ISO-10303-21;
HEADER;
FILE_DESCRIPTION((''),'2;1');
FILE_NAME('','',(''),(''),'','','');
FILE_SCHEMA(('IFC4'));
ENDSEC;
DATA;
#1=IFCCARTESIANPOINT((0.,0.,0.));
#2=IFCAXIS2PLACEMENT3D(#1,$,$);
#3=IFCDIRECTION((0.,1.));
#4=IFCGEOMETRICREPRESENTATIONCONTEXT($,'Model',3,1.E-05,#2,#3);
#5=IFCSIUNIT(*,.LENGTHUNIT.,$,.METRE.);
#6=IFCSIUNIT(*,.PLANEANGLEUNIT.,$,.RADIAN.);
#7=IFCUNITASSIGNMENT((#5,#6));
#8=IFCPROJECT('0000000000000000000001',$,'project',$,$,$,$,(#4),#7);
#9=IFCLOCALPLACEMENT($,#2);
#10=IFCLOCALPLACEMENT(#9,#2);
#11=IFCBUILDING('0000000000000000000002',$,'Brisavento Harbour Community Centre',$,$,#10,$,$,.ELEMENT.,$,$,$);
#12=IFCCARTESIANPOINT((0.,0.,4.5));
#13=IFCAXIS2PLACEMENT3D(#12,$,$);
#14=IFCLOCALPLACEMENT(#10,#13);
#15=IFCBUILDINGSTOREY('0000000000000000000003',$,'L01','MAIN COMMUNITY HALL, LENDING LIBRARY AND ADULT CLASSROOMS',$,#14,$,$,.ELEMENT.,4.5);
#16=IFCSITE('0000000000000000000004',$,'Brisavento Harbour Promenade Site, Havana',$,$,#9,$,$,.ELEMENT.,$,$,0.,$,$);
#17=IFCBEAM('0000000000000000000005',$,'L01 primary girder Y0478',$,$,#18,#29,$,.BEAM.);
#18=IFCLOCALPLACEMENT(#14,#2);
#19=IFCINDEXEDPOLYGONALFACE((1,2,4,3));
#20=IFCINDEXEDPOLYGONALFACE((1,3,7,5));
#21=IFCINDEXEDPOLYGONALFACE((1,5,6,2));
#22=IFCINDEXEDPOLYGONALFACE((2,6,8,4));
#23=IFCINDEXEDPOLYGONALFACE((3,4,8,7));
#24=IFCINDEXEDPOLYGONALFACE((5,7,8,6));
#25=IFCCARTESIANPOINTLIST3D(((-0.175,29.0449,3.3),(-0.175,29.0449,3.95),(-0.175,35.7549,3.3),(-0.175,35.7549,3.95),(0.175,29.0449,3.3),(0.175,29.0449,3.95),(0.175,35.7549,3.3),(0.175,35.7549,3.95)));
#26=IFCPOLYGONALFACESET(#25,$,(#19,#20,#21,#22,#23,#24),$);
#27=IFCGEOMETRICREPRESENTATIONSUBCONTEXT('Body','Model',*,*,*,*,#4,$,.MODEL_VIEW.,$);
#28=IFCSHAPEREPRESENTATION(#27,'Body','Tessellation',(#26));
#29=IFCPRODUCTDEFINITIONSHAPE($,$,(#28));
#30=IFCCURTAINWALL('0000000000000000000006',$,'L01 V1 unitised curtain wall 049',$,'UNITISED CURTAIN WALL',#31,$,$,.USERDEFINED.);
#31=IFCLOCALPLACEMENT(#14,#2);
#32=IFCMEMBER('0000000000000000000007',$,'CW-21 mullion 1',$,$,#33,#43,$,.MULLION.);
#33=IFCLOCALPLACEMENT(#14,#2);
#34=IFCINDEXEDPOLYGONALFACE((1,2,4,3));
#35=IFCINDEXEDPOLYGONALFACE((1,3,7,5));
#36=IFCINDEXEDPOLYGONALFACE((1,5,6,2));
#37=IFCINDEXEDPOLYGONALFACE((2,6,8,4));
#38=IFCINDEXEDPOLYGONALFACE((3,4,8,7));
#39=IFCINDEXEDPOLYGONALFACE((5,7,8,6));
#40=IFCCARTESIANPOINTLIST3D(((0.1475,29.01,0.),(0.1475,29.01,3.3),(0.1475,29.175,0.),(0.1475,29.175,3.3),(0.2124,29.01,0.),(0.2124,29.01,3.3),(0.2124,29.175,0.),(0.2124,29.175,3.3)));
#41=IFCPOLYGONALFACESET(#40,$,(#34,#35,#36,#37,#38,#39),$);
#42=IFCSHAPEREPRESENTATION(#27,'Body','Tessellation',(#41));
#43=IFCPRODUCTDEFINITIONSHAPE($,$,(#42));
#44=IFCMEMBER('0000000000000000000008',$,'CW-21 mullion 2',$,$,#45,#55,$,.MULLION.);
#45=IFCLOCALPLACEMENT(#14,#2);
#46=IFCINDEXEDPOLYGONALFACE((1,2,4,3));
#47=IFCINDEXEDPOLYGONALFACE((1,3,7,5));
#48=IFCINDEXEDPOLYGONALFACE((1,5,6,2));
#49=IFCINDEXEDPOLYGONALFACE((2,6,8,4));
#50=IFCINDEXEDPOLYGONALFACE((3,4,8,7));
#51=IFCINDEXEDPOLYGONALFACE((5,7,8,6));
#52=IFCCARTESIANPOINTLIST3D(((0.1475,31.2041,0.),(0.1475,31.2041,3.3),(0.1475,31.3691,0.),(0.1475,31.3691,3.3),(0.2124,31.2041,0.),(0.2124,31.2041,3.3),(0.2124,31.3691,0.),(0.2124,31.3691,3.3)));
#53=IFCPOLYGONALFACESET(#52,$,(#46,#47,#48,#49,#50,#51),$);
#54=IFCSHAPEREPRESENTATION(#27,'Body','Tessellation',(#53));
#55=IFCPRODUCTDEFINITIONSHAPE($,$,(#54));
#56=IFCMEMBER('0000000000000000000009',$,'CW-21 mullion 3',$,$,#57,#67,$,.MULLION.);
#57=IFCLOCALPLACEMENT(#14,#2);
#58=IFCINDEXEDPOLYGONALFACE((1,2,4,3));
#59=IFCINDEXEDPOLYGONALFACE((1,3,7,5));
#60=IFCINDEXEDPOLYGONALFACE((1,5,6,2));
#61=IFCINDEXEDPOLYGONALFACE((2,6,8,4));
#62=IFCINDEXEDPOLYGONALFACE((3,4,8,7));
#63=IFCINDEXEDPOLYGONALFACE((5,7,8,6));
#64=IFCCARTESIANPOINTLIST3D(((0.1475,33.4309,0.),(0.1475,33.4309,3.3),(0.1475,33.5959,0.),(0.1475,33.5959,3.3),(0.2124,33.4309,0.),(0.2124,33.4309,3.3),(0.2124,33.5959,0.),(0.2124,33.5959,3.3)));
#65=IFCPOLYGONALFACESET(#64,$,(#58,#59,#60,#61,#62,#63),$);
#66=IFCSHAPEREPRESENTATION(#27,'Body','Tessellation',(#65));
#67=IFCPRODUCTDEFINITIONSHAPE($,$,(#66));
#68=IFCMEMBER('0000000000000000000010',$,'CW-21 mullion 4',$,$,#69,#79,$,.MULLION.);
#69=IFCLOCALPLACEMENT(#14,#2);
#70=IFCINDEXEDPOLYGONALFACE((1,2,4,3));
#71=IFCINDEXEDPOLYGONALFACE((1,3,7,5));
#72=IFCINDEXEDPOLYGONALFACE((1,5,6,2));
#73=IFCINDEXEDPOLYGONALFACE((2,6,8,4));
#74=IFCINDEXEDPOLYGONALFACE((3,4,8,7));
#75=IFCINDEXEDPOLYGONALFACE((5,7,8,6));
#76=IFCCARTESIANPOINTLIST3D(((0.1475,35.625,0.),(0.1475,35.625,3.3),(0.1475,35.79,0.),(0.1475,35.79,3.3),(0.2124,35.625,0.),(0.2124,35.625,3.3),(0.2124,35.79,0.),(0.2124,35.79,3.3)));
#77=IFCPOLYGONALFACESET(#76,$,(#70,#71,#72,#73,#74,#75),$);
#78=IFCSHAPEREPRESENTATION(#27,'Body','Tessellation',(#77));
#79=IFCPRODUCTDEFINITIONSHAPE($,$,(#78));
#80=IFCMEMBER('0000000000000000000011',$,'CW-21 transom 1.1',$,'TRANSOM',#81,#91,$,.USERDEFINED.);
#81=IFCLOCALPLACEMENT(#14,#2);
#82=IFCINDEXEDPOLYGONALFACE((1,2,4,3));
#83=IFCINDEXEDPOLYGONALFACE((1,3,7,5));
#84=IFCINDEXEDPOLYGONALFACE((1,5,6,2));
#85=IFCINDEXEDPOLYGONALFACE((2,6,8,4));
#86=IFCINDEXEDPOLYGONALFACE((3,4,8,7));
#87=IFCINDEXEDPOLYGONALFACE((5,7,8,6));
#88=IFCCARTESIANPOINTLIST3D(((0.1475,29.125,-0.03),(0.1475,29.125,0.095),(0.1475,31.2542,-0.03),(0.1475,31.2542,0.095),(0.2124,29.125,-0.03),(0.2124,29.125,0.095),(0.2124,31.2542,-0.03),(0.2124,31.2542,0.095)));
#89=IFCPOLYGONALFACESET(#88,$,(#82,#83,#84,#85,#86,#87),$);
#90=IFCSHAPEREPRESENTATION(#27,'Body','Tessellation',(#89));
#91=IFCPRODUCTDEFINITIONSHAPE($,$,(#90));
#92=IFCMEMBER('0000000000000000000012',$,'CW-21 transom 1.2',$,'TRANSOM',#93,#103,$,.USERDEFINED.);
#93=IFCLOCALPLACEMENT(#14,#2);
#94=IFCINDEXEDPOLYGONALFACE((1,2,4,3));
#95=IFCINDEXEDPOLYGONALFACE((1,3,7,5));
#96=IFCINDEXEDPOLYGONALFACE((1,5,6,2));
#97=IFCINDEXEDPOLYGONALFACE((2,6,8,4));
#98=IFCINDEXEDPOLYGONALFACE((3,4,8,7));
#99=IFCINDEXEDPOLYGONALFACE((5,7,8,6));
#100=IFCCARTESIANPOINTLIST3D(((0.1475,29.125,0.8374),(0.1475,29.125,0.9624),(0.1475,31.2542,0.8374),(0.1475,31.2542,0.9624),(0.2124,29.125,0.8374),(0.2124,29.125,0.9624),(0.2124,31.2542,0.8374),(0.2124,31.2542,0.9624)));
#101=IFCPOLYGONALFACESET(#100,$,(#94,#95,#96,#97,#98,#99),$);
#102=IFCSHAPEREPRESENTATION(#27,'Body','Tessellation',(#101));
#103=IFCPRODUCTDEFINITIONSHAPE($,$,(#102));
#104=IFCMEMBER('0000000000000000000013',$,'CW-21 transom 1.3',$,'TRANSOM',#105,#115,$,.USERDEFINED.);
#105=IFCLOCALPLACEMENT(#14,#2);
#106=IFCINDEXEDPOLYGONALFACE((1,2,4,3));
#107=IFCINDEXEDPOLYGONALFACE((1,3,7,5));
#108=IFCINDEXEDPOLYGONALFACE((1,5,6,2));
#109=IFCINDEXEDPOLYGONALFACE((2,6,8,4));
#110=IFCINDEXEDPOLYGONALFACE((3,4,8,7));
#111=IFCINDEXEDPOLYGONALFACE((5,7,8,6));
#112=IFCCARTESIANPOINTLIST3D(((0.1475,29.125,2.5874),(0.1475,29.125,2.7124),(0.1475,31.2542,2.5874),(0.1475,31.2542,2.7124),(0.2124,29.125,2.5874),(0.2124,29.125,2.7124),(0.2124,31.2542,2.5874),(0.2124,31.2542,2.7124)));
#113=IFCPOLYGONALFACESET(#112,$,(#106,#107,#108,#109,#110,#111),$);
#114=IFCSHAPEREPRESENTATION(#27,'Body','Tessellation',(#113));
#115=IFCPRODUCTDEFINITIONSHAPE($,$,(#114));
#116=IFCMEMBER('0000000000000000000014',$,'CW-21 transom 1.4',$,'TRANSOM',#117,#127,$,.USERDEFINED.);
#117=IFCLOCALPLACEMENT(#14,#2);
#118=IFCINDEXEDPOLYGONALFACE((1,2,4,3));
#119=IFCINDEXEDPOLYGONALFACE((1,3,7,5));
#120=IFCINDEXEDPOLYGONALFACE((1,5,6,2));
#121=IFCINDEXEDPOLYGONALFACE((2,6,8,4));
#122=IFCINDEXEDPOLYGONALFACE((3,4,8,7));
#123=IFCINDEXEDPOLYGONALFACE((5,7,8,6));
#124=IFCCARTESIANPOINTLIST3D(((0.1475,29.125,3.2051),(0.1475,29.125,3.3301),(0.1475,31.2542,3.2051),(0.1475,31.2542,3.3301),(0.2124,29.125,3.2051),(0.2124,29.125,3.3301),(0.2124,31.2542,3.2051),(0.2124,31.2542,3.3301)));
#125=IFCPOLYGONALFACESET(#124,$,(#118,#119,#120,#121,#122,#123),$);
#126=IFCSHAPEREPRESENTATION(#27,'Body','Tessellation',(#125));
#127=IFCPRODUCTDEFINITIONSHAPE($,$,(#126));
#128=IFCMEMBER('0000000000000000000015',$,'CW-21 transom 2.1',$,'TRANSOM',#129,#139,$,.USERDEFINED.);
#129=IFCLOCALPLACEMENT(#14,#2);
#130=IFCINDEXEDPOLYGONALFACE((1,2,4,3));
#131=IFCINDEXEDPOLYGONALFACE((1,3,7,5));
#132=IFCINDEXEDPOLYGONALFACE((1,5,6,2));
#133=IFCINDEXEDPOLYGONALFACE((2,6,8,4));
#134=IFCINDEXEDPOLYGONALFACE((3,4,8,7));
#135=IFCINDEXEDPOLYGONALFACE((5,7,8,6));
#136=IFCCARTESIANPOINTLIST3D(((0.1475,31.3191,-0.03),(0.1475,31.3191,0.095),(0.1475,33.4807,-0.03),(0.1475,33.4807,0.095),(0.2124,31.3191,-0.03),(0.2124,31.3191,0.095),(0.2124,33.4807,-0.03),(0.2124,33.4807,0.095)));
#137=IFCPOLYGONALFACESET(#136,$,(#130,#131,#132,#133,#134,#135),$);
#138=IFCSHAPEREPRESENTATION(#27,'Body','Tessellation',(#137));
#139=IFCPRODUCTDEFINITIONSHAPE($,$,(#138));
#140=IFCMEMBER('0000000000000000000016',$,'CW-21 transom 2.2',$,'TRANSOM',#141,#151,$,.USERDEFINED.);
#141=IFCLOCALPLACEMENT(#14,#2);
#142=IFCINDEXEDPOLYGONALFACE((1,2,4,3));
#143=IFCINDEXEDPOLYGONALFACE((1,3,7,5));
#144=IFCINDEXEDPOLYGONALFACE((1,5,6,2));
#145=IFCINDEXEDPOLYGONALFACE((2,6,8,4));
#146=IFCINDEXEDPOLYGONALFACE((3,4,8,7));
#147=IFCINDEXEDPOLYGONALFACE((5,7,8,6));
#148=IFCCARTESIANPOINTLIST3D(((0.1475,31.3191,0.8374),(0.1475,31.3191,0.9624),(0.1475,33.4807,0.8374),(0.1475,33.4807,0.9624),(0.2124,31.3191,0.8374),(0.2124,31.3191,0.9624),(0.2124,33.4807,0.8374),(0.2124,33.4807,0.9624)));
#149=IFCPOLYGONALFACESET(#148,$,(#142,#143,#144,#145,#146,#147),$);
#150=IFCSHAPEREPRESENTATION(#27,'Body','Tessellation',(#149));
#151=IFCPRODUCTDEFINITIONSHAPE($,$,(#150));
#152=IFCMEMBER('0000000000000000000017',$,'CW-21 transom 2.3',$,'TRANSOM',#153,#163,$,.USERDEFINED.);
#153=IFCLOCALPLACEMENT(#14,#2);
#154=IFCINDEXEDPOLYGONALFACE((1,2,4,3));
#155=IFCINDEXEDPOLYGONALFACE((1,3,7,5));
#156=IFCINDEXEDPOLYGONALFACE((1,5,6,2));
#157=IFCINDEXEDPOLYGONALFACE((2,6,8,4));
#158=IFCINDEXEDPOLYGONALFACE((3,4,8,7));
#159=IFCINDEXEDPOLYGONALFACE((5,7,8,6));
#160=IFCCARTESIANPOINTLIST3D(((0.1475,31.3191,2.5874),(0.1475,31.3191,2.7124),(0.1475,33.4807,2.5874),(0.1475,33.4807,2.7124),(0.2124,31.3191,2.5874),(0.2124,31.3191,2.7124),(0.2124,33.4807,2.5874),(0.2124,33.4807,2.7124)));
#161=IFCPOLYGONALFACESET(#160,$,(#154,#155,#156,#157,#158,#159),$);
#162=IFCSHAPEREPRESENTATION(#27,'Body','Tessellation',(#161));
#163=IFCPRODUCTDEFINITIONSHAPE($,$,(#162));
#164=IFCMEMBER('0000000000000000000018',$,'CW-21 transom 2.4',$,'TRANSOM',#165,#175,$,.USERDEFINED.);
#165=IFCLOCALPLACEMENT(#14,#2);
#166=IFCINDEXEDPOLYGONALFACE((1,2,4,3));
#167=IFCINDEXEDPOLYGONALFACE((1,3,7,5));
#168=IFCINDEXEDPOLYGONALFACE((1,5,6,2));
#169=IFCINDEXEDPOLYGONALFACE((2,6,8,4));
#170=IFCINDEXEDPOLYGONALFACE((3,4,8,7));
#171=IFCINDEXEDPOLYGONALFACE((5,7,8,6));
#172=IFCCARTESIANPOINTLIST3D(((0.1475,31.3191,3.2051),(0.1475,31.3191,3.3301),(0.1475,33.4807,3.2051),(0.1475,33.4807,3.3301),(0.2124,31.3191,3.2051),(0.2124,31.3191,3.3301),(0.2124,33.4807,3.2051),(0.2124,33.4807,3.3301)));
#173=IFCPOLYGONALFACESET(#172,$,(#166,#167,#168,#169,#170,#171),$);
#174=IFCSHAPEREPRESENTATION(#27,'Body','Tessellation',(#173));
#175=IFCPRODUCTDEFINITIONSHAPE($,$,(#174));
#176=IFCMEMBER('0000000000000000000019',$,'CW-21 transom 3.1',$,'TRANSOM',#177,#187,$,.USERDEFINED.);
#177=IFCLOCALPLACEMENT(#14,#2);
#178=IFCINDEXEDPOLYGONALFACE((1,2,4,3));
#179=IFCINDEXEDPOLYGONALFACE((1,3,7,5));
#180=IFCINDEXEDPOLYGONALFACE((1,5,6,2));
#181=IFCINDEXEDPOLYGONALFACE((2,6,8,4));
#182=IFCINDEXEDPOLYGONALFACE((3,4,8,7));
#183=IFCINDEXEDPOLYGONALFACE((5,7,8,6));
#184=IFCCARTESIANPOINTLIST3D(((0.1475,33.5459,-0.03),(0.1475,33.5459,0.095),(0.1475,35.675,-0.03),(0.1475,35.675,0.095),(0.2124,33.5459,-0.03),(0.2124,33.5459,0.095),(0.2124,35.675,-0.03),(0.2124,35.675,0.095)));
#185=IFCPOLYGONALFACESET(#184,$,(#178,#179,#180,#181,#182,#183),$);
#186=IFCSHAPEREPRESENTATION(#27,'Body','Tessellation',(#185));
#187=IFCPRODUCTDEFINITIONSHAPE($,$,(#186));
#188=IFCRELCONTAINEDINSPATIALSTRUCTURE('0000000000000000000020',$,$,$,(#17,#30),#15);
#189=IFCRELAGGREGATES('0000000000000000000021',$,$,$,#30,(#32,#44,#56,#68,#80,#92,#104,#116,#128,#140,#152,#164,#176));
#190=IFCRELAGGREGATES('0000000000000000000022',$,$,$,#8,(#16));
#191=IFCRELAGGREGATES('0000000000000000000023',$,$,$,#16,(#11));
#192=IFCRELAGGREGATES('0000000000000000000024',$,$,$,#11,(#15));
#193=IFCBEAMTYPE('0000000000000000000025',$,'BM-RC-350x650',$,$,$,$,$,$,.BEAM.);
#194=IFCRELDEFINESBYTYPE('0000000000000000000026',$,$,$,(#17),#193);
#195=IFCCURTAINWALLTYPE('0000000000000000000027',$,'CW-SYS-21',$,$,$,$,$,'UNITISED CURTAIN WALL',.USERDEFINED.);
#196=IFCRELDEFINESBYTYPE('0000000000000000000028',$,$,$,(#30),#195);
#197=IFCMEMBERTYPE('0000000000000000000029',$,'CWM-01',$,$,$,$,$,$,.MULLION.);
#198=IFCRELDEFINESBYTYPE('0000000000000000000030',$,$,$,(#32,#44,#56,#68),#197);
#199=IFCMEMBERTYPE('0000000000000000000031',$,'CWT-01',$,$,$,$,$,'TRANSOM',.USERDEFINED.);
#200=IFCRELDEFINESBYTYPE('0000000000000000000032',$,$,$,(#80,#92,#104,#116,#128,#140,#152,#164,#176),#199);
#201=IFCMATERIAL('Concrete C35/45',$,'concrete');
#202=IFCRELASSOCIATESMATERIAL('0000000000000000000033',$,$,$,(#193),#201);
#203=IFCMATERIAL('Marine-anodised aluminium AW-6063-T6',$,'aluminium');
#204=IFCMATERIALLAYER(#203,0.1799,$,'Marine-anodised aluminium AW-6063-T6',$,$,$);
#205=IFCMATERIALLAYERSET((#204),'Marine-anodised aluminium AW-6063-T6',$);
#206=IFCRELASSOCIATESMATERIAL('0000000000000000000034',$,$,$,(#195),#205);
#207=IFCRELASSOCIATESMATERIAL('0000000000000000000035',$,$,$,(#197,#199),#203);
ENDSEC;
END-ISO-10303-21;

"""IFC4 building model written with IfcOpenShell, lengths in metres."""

from ifc_helpers import new_model, si_unit, direction, frame, origin, origin_2d, place, context, subcontext, project, spatial, rectangle, extrude, material, layer, layer_set, material_profile, profile_set, type_object, element, aggregate, save


model = new_model("IFC4")

# Units and contexts
model_context = context("Model", 3, precision=1e-05, world=origin(), true_north=direction((0.0, 1.0)))
body_context = subcontext(model_context, "Body", "Model", "MODEL_VIEW")
ifc_project = project(units=[si_unit("LENGTHUNIT", "METRE"), si_unit("PLANEANGLEUNIT", "RADIAN")], contexts=[model_context])

# Site, building, storey
site_placement = place(None, origin())
site = spatial("IfcSite", under=ifc_project, at=site_placement, Name="Brisavento Harbour Promenade Site, Havana", CompositionType="ELEMENT", RefElevation=0.0)
building_placement = place(site_placement, origin())
building = spatial("IfcBuilding", under=site, at=building_placement, Name="Brisavento Harbour Community Centre", CompositionType="ELEMENT")
storey_placement = place(building_placement, frame((0.0, 0.0, 4.5)))
storey = spatial("IfcBuildingStorey", under=building, at=storey_placement, Name="L01", Description="MAIN COMMUNITY HALL, LENDING LIBRARY AND ADULT CLASSROOMS", CompositionType="ELEMENT", Elevation=4.5)

# Beam
ifc_material_1 = material(Name="Concrete C35/45", Category="concrete")
ifc_material_profile_1 = material_profile(ifc_material_1, rectangle(XDim=0.3501, YDim=0.6499, at=origin_2d()), Name="Concrete C35/45")
ifc_profile_set_1 = profile_set([ifc_material_profile_1], Name="Concrete C35/45")
beam_type = type_object("IfcBeamType", Name="BM-RC-350x650", PredefinedType="BEAM", material=ifc_profile_set_1)
beam_placement = place(storey_placement, frame((0.0, 29.0449, 3.625), z_axis=(0.0, 1.0, 0.0), x_axis=(-1.0, 0.0, 0.0)))
element("IfcBeam", 1, at=beam_placement, inside=storey, type_object=beam_type, Name="L01 primary girder Y0478", PredefinedType="BEAM", context=body_context, shape_type="SweptSolid", body=[
    extrude(rectangle(XDim=0.3501, YDim=0.6499, at=origin_2d()), origin(), (0.0, 0.0, 1.0), 6.71),
])

# Curtain wall, members
ifc_material_2 = material(Name="Marine-anodised aluminium AW-6063-T6", Category="aluminium")
ifc_layer_1 = layer(ifc_material_2, 0.1799, Name="Marine-anodised aluminium AW-6063-T6")
ifc_layer_set_1 = layer_set([ifc_layer_1], Name="Marine-anodised aluminium AW-6063-T6")
curtain_wall_type = type_object("IfcCurtainWallType", Name="CW-SYS-21", ElementType="UNITISED CURTAIN WALL", PredefinedType="USERDEFINED", material=ifc_layer_set_1)
curtain_wall_placement = place(storey_placement, origin())
curtain_wall = element("IfcCurtainWall", 2, at=curtain_wall_placement, inside=storey, type_object=curtain_wall_type, Name="L01 V1 unitised curtain wall 049", ObjectType="UNITISED CURTAIN WALL", PredefinedType="USERDEFINED")
ifc_material_profile_2 = material_profile(ifc_material_2, rectangle(XDim=0.0649, YDim=0.165, at=origin_2d()), Name="Marine-anodised aluminium AW-6063-T6")
ifc_profile_set_2 = profile_set([ifc_material_profile_2], Name="Marine-anodised aluminium AW-6063-T6")
member_type_1 = type_object("IfcMemberType", Name="CWM-01", PredefinedType="MULLION", material=ifc_profile_set_2)
member_1_placement = place(storey_placement, frame((0.1799, 29.0925, 0.0), z_axis=(0.0, 0.0, 1.0), x_axis=(-1.0, 0.0, 0.0)))
member_1 = element("IfcMember", 3, at=member_1_placement, type_object=member_type_1, Name="CW-21 mullion 1", PredefinedType="MULLION", context=body_context, shape_type="SweptSolid", body=[
    extrude(rectangle(XDim=0.0649, YDim=0.165, at=origin_2d()), origin(), (0.0, 0.0, 1.0), 3.3),
])
member_2_placement = place(storey_placement, frame((0.1799, 31.2866, 0.0), z_axis=(0.0, 0.0, 1.0), x_axis=(-1.0, 0.0, 0.0)))
member_2 = element("IfcMember", 4, at=member_2_placement, type_object=member_type_1, Name="CW-21 mullion 2", PredefinedType="MULLION", context=body_context, shape_type="SweptSolid", body=[
    extrude(rectangle(XDim=0.0649, YDim=0.165, at=origin_2d()), origin(), (0.0, 0.0, 1.0), 3.3),
])
member_3_placement = place(storey_placement, frame((0.1799, 33.5134, 0.0), z_axis=(0.0, 0.0, 1.0), x_axis=(-1.0, 0.0, 0.0)))
member_3 = element("IfcMember", 5, at=member_3_placement, type_object=member_type_1, Name="CW-21 mullion 3", PredefinedType="MULLION", context=body_context, shape_type="SweptSolid", body=[
    extrude(rectangle(XDim=0.0649, YDim=0.165, at=origin_2d()), origin(), (0.0, 0.0, 1.0), 3.3),
])
member_4_placement = place(storey_placement, frame((0.1799, 35.7075, 0.0), z_axis=(0.0, 0.0, 1.0), x_axis=(-1.0, 0.0, 0.0)))
member_4 = element("IfcMember", 6, at=member_4_placement, type_object=member_type_1, Name="CW-21 mullion 4", PredefinedType="MULLION", context=body_context, shape_type="SweptSolid", body=[
    extrude(rectangle(XDim=0.0649, YDim=0.165, at=origin_2d()), origin(), (0.0, 0.0, 1.0), 3.3),
])
ifc_material_profile_3 = material_profile(ifc_material_2, rectangle(XDim=0.0649, YDim=0.125, at=origin_2d()), Name="Marine-anodised aluminium AW-6063-T6")
ifc_profile_set_3 = profile_set([ifc_material_profile_3], Name="Marine-anodised aluminium AW-6063-T6")
member_type_2 = type_object("IfcMemberType", Name="CWT-01", ElementType="TRANSOM", PredefinedType="USERDEFINED", material=ifc_profile_set_3)
member_5_placement = place(storey_placement, frame((0.1799, 29.125, 0.0325), z_axis=(0.0, 1.0, 0.0), x_axis=(-1.0, 0.0, 0.0)))
member_5 = element("IfcMember", 7, at=member_5_placement, type_object=member_type_2, Name="CW-21 transom 1.1", ObjectType="TRANSOM", PredefinedType="USERDEFINED", context=body_context, shape_type="SweptSolid", body=[
    extrude(rectangle(XDim=0.0649, YDim=0.125, at=origin_2d()), origin(), (0.0, 0.0, 1.0), 2.1292),
])
member_6_placement = place(storey_placement, frame((0.1799, 29.125, 0.8999), z_axis=(0.0, 1.0, 0.0), x_axis=(-1.0, 0.0, 0.0)))
member_6 = element("IfcMember", 8, at=member_6_placement, type_object=member_type_2, Name="CW-21 transom 1.2", ObjectType="TRANSOM", PredefinedType="USERDEFINED", context=body_context, shape_type="SweptSolid", body=[
    extrude(rectangle(XDim=0.0649, YDim=0.125, at=origin_2d()), origin(), (0.0, 0.0, 1.0), 2.1292),
])
member_7_placement = place(storey_placement, frame((0.1799, 29.125, 2.6499), z_axis=(0.0, 1.0, 0.0), x_axis=(-1.0, 0.0, 0.0)))
member_7 = element("IfcMember", 9, at=member_7_placement, type_object=member_type_2, Name="CW-21 transom 1.3", ObjectType="TRANSOM", PredefinedType="USERDEFINED", context=body_context, shape_type="SweptSolid", body=[
    extrude(rectangle(XDim=0.0649, YDim=0.125, at=origin_2d()), origin(), (0.0, 0.0, 1.0), 2.1292),
])
member_8_placement = place(storey_placement, frame((0.1799, 29.125, 3.2676), z_axis=(0.0, 1.0, 0.0), x_axis=(-1.0, 0.0, 0.0)))
member_8 = element("IfcMember", 10, at=member_8_placement, type_object=member_type_2, Name="CW-21 transom 1.4", ObjectType="TRANSOM", PredefinedType="USERDEFINED", context=body_context, shape_type="SweptSolid", body=[
    extrude(rectangle(XDim=0.0649, YDim=0.125, at=origin_2d()), origin(), (0.0, 0.0, 1.0), 2.1292),
])
member_9_placement = place(storey_placement, frame((0.1799, 31.3191, 0.0325), z_axis=(0.0, 1.0, 0.0), x_axis=(-1.0, 0.0, 0.0)))
member_9 = element("IfcMember", 11, at=member_9_placement, type_object=member_type_2, Name="CW-21 transom 2.1", ObjectType="TRANSOM", PredefinedType="USERDEFINED", context=body_context, shape_type="SweptSolid", body=[
    extrude(rectangle(XDim=0.0649, YDim=0.125, at=origin_2d()), origin(), (0.0, 0.0, 1.0), 2.1616),
])
member_10_placement = place(storey_placement, frame((0.1799, 31.3191, 0.8999), z_axis=(0.0, 1.0, 0.0), x_axis=(-1.0, 0.0, 0.0)))
member_10 = element("IfcMember", 12, at=member_10_placement, type_object=member_type_2, Name="CW-21 transom 2.2", ObjectType="TRANSOM", PredefinedType="USERDEFINED", context=body_context, shape_type="SweptSolid", body=[
    extrude(rectangle(XDim=0.0649, YDim=0.125, at=origin_2d()), origin(), (0.0, 0.0, 1.0), 2.1616),
])
member_11_placement = place(storey_placement, frame((0.1799, 31.3191, 2.6499), z_axis=(0.0, 1.0, 0.0), x_axis=(-1.0, 0.0, 0.0)))
member_11 = element("IfcMember", 13, at=member_11_placement, type_object=member_type_2, Name="CW-21 transom 2.3", ObjectType="TRANSOM", PredefinedType="USERDEFINED", context=body_context, shape_type="SweptSolid", body=[
    extrude(rectangle(XDim=0.0649, YDim=0.125, at=origin_2d()), origin(), (0.0, 0.0, 1.0), 2.1616),
])
member_12_placement = place(storey_placement, frame((0.1799, 31.3191, 3.2676), z_axis=(0.0, 1.0, 0.0), x_axis=(-1.0, 0.0, 0.0)))
member_12 = element("IfcMember", 14, at=member_12_placement, type_object=member_type_2, Name="CW-21 transom 2.4", ObjectType="TRANSOM", PredefinedType="USERDEFINED", context=body_context, shape_type="SweptSolid", body=[
    extrude(rectangle(XDim=0.0649, YDim=0.125, at=origin_2d()), origin(), (0.0, 0.0, 1.0), 2.1616),
])
member_13_placement = place(storey_placement, frame((0.1799, 33.5459, 0.0325), z_axis=(0.0, 1.0, 0.0), x_axis=(-1.0, 0.0, 0.0)))
member_13 = element("IfcMember", 15, at=member_13_placement, type_object=member_type_2, Name="CW-21 transom 3.1", ObjectType="TRANSOM", PredefinedType="USERDEFINED", context=body_context, shape_type="SweptSolid", body=[
    extrude(rectangle(XDim=0.0649, YDim=0.125, at=origin_2d()), origin(), (0.0, 0.0, 1.0), 2.1292),
])
aggregate(curtain_wall, [member_1, member_2, member_3, member_4, member_5, member_6, member_7, member_8, member_9, member_10, member_11, member_12, member_13])

save(model, "model.ifc")
